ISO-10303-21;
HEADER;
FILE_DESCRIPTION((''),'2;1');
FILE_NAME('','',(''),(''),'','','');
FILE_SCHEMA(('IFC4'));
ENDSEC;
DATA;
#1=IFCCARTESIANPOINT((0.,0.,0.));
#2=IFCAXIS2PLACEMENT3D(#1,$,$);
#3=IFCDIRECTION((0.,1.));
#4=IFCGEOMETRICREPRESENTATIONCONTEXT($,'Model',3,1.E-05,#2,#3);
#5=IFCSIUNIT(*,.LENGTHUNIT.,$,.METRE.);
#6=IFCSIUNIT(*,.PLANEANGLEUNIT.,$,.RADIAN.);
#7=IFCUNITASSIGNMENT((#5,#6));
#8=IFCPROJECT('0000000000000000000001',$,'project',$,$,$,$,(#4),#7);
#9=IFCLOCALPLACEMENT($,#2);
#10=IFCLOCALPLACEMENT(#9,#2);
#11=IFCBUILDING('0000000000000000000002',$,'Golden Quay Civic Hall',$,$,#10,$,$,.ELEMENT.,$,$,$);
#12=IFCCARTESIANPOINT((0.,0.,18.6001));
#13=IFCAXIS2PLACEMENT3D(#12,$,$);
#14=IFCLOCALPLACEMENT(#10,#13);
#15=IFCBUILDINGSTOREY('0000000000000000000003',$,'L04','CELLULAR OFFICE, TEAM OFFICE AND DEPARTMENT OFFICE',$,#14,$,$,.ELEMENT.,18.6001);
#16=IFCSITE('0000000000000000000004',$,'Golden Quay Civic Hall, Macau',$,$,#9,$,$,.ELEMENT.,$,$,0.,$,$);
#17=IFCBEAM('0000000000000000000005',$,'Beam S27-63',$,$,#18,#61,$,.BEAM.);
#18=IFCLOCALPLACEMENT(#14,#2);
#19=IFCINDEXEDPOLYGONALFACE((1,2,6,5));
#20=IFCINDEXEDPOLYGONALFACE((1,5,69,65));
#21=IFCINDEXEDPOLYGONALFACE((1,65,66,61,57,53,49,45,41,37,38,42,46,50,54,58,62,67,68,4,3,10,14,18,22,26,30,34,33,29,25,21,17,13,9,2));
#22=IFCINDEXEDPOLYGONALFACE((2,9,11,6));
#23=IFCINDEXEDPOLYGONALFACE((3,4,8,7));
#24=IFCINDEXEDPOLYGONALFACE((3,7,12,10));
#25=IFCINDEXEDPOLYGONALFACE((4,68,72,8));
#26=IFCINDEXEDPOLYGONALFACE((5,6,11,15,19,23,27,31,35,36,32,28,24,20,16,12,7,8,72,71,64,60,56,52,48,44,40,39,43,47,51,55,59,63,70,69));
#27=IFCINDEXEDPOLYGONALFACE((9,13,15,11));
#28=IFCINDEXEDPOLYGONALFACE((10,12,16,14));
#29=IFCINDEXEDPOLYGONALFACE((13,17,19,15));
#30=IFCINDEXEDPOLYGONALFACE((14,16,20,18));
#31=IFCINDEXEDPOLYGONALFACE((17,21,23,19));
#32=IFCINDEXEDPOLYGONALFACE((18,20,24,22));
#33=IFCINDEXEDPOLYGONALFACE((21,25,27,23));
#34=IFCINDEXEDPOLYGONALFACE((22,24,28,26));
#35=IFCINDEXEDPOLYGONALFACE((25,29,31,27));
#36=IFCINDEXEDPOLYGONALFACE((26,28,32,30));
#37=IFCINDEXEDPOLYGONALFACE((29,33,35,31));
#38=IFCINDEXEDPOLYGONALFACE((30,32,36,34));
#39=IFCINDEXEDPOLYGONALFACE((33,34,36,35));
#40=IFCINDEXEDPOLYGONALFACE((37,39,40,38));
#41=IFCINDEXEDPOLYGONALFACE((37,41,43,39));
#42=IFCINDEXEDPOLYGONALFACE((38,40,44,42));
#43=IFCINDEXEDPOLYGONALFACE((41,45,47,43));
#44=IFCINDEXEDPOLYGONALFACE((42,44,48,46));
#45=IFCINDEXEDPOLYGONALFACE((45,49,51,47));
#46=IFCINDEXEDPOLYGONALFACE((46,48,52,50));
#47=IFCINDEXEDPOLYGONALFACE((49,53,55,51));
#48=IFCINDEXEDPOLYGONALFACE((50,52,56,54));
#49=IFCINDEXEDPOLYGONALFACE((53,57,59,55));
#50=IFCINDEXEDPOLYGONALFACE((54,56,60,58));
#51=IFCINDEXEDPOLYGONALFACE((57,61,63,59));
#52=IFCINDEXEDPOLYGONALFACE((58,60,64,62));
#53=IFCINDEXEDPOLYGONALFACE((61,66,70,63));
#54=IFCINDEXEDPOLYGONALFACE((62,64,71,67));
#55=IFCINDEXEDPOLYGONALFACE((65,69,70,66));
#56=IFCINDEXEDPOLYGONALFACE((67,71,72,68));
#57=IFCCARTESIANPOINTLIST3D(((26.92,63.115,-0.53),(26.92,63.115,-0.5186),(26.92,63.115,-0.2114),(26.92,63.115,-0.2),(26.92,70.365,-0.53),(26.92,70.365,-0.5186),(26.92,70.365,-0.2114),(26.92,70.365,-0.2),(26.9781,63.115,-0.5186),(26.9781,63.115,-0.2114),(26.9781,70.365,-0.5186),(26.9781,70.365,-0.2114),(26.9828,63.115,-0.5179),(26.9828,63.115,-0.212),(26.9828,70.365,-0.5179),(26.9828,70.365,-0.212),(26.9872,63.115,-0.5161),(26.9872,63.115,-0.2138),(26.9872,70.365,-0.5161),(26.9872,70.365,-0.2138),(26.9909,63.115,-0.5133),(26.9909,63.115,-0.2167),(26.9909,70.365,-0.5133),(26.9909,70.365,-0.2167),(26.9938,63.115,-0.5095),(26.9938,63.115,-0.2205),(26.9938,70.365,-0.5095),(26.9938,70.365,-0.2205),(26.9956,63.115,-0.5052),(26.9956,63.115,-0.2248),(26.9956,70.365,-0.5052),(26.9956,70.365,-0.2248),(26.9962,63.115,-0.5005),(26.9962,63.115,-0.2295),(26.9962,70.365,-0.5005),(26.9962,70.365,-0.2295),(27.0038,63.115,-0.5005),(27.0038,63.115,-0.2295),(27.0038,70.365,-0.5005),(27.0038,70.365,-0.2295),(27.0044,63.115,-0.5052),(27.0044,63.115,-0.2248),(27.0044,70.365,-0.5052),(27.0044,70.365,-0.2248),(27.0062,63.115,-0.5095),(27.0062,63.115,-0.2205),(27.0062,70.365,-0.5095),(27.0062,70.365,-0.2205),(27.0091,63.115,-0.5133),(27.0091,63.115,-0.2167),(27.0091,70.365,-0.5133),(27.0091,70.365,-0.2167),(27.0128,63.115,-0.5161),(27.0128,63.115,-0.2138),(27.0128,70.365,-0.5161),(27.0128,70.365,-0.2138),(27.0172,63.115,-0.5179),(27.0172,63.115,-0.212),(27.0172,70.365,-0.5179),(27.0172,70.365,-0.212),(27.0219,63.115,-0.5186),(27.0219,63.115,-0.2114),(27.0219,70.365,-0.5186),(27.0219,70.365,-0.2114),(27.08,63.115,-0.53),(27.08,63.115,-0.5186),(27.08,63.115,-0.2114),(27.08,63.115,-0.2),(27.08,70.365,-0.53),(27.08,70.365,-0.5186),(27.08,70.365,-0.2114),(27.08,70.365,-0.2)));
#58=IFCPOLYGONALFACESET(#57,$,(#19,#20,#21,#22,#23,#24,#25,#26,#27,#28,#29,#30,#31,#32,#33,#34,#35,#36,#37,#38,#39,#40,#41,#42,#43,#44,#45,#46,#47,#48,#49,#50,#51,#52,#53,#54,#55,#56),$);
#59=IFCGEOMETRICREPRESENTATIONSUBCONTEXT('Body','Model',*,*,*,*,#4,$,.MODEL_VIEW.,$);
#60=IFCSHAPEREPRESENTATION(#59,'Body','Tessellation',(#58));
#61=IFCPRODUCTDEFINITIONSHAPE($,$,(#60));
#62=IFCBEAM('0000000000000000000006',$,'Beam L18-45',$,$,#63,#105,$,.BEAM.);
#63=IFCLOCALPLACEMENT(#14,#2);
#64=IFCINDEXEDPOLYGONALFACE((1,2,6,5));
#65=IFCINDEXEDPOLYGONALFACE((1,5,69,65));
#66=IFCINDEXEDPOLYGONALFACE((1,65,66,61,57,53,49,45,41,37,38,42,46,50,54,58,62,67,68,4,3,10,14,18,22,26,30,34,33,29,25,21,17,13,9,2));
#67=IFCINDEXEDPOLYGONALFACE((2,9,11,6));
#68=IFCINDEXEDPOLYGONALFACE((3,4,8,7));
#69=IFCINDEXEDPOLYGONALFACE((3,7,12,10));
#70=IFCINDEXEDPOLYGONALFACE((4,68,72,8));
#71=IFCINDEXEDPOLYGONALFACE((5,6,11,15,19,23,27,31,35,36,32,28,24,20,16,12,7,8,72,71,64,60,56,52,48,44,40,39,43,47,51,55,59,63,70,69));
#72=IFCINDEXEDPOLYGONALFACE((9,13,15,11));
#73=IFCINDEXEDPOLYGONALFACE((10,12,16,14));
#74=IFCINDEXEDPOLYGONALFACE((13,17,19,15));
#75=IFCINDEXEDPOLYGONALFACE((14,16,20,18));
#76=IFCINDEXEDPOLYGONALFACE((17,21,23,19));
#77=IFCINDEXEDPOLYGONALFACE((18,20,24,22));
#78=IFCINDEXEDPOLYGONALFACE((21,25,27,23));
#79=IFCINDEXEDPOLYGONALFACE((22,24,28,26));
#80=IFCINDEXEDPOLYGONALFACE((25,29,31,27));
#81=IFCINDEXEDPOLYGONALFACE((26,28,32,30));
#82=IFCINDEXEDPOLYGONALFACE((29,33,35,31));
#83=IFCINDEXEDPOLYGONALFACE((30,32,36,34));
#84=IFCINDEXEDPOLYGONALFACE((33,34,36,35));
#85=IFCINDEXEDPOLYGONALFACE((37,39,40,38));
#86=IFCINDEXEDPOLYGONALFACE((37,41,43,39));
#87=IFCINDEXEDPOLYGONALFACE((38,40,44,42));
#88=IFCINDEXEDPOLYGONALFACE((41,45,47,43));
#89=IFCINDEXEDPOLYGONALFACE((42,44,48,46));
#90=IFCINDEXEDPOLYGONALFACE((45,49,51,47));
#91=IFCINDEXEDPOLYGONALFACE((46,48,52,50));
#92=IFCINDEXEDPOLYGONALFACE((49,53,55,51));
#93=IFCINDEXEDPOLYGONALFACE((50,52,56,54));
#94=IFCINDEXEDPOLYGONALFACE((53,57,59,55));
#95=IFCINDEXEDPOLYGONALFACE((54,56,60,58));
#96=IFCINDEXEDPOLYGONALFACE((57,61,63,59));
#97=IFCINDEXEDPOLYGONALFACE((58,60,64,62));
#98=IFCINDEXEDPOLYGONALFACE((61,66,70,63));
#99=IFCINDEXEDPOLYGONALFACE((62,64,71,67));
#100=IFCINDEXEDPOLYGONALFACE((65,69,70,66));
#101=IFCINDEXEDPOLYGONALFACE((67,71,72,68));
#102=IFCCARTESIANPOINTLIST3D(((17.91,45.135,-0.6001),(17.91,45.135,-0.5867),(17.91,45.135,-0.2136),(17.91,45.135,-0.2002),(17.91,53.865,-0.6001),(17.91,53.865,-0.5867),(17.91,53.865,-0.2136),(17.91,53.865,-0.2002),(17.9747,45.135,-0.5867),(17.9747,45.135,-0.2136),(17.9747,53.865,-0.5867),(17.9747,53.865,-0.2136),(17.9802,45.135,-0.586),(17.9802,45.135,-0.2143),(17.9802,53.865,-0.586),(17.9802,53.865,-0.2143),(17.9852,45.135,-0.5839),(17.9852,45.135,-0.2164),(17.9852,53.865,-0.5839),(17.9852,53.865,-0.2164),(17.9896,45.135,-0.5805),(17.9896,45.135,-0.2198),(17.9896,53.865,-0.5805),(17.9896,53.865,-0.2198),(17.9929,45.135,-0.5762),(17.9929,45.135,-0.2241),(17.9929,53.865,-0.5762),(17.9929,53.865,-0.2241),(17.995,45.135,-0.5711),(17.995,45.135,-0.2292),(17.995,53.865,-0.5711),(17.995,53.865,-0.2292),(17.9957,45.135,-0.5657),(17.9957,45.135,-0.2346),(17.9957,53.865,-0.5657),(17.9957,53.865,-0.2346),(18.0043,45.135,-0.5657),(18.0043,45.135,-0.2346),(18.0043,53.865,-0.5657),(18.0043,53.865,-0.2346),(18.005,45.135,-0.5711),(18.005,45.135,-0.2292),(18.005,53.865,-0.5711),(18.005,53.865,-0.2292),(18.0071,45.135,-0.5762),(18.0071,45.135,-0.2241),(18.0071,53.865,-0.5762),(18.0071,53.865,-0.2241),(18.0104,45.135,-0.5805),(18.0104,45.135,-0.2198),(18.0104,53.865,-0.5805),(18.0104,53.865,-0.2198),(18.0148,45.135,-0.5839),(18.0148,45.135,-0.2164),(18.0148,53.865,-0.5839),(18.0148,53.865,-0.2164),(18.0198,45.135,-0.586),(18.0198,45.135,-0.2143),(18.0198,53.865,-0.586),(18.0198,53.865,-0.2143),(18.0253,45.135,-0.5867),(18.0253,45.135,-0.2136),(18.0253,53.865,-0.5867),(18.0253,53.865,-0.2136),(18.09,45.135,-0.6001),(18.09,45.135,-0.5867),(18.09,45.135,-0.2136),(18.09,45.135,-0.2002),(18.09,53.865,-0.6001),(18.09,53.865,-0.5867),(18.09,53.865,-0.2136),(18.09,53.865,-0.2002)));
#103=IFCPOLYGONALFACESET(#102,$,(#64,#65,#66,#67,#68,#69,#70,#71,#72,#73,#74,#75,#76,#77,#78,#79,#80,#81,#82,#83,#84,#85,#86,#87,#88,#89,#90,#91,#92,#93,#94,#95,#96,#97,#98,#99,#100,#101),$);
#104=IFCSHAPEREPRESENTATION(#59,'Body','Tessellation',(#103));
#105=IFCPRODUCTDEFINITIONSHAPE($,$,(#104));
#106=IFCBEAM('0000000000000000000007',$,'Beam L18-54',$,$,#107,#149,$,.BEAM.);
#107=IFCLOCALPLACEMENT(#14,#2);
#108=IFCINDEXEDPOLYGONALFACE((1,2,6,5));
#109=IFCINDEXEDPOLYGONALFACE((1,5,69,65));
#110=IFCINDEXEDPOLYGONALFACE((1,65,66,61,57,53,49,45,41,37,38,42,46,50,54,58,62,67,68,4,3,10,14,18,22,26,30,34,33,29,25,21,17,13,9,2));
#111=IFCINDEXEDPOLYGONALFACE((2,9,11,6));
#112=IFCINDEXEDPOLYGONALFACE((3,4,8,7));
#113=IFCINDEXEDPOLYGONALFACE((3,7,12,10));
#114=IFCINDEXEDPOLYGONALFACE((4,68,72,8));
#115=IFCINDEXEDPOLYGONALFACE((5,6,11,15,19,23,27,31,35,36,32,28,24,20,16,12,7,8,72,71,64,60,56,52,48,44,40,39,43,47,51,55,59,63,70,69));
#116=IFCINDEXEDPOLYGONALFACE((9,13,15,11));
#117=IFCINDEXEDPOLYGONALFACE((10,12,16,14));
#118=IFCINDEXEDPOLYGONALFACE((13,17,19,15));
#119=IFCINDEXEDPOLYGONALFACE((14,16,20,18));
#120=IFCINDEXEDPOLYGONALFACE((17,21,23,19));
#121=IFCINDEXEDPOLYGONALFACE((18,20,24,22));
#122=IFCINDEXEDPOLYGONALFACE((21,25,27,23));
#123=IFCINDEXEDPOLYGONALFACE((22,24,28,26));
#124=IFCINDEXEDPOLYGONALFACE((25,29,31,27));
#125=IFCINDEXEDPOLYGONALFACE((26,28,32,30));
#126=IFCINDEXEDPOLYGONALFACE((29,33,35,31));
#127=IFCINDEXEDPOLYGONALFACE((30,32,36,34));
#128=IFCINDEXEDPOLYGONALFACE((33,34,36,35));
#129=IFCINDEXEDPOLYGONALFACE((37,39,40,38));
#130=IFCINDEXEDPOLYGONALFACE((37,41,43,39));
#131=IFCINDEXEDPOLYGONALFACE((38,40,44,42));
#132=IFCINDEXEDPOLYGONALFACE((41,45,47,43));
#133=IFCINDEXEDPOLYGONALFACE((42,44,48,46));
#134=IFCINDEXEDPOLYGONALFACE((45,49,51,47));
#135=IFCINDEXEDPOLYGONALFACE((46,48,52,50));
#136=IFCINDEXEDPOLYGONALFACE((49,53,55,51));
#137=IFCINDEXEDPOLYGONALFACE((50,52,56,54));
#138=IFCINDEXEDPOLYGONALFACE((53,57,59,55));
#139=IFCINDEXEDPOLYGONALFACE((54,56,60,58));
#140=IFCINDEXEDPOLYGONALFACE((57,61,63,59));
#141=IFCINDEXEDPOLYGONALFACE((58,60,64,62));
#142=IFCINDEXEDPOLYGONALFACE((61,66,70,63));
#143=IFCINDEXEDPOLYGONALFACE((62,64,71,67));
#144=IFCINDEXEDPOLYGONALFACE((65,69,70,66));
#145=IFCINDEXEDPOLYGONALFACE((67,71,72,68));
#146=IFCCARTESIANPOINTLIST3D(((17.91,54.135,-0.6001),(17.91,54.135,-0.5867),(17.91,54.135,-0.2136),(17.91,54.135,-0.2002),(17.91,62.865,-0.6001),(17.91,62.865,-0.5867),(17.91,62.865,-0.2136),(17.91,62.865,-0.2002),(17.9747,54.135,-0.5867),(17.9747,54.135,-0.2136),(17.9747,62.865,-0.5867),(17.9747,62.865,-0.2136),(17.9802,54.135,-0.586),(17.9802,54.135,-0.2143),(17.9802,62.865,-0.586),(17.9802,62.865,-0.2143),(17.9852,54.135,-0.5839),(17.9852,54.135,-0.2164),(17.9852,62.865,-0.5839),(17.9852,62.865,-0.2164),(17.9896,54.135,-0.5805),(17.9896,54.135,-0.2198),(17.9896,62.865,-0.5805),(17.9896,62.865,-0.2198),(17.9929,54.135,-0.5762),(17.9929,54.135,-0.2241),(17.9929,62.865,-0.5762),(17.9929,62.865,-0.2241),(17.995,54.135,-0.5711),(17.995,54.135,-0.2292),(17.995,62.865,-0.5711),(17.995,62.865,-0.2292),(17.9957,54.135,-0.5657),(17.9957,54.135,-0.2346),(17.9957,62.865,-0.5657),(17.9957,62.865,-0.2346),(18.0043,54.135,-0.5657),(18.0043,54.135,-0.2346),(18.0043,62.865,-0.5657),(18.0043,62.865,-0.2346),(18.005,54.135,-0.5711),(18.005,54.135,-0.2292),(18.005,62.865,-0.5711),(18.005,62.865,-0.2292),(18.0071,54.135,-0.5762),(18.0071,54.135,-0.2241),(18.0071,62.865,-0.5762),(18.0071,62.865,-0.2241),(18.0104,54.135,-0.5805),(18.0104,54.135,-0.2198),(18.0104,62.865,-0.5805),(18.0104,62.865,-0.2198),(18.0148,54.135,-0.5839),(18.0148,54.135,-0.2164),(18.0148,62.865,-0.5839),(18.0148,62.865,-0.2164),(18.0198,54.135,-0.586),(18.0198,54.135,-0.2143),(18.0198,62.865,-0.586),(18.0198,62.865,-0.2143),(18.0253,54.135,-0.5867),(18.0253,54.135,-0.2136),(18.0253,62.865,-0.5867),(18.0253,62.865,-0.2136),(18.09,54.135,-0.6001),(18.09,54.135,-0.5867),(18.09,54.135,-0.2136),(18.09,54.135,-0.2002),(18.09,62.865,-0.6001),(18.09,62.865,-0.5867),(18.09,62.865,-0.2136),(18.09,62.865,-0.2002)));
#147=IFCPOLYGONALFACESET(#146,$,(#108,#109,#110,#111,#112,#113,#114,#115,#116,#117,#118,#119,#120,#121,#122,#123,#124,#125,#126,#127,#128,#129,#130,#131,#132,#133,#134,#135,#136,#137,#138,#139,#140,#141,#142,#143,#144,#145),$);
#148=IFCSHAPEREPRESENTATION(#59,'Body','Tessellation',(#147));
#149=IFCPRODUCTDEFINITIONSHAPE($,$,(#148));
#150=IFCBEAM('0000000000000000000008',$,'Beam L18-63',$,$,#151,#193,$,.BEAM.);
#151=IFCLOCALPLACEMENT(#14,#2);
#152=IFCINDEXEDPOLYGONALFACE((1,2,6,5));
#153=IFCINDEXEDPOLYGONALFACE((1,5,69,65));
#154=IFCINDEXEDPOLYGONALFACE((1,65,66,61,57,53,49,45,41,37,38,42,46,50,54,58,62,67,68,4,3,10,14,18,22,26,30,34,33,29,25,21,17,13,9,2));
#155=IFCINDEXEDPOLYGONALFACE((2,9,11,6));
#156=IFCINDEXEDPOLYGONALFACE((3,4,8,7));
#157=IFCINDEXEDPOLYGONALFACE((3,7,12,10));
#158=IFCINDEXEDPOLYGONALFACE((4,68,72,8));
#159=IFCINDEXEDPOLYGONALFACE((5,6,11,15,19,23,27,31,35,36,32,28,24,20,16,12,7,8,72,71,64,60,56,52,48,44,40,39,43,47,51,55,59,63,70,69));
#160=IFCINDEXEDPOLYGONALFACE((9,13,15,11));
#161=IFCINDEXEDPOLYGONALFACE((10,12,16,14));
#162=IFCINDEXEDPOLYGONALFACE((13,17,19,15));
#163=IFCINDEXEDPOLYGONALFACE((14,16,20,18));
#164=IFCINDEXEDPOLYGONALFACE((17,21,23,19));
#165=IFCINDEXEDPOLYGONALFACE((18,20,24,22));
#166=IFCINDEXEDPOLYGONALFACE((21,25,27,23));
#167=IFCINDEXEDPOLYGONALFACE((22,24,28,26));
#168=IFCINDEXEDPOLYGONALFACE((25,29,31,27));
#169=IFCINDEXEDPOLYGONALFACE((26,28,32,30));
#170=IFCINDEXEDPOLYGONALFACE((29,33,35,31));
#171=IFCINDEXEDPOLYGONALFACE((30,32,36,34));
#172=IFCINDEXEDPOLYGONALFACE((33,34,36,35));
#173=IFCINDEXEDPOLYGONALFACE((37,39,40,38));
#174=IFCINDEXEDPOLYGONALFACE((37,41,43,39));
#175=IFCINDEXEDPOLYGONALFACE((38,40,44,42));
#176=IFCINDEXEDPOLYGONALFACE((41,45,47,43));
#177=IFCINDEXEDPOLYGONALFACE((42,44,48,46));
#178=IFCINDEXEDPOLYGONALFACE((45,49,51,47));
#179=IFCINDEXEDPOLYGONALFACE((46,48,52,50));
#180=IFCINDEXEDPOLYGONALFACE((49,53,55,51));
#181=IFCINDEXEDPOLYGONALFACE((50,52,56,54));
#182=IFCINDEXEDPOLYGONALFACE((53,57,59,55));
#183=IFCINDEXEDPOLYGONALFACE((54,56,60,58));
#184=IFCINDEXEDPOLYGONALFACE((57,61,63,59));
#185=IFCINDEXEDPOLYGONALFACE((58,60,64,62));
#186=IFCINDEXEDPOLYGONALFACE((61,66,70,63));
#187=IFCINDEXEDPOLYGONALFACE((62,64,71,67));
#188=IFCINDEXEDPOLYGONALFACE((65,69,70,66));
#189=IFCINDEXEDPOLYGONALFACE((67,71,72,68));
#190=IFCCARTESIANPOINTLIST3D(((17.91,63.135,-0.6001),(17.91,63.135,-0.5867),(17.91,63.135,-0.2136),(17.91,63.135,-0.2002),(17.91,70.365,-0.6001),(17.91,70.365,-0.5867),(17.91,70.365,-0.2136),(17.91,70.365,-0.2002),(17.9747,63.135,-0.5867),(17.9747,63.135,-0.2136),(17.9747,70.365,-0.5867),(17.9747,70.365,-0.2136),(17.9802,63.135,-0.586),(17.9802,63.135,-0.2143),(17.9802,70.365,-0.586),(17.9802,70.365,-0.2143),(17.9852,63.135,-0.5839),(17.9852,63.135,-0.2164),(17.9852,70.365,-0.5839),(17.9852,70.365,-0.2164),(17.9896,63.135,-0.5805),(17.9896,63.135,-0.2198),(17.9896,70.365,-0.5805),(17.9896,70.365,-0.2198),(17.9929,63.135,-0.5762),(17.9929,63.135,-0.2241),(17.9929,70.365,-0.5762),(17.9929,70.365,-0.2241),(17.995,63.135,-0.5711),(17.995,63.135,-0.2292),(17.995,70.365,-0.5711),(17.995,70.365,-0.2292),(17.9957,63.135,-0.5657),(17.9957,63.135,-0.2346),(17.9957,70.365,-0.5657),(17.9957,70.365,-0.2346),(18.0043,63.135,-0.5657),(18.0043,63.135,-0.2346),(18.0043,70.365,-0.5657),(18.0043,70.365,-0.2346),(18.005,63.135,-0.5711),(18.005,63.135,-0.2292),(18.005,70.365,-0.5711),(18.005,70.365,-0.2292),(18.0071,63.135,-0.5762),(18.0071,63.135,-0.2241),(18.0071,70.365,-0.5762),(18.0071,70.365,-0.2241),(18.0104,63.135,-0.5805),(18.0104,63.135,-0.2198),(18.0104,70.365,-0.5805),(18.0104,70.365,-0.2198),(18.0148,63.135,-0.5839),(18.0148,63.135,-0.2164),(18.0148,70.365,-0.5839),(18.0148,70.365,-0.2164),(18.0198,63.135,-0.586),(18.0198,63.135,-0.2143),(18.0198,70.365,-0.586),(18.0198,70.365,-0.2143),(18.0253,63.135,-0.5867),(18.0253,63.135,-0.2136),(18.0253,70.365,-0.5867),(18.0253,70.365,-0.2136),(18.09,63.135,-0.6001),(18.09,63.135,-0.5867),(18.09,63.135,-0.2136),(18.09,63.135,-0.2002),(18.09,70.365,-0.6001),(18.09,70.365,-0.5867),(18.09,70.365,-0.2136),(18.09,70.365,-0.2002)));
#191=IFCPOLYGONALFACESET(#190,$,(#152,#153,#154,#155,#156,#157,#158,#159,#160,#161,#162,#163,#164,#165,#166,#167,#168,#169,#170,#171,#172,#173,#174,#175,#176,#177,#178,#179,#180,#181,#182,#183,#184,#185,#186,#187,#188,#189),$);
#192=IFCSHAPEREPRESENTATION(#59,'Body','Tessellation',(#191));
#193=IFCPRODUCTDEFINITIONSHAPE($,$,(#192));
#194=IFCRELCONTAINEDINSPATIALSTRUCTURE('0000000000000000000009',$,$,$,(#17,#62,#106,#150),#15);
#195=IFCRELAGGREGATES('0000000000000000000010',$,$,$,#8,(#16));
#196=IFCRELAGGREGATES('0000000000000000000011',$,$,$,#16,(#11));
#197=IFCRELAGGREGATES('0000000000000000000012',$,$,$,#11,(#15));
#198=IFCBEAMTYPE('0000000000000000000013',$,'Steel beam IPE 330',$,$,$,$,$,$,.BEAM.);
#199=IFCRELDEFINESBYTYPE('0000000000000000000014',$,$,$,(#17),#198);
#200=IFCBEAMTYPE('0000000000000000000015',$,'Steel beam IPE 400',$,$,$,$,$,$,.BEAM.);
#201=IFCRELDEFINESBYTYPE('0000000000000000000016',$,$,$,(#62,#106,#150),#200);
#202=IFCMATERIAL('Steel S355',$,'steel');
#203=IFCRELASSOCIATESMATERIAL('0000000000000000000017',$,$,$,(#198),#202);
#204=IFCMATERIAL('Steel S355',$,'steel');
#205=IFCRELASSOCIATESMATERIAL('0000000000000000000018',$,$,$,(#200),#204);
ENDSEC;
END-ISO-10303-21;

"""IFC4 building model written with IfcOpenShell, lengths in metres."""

from ifc_helpers import new_model, si_unit, direction, frame, origin, origin_2d, place, context, subcontext, project, spatial, i_section, extrude, material, material_profile, profile_set, type_object, element, save


model = new_model("IFC4")

# Units and contexts
model_context = context("Model", 3, precision=1e-05, world=origin(), true_north=direction((0.0, 1.0)))
body_context = subcontext(model_context, "Body", "Model", "MODEL_VIEW")
ifc_project = project(units=[si_unit("LENGTHUNIT", "METRE"), si_unit("PLANEANGLEUNIT", "RADIAN")], contexts=[model_context])

# Site, building, storey
site_placement = place(None, origin())
site = spatial("IfcSite", under=ifc_project, at=site_placement, Name="Golden Quay Civic Hall, Macau", CompositionType="ELEMENT", RefElevation=0.0)
building_placement = place(site_placement, origin())
building = spatial("IfcBuilding", under=site, at=building_placement, Name="Golden Quay Civic Hall", CompositionType="ELEMENT")
storey_placement = place(building_placement, frame((0.0, 0.0, 18.6001)))
storey = spatial("IfcBuildingStorey", under=building, at=storey_placement, Name="L04", Description="CELLULAR OFFICE, TEAM OFFICE AND DEPARTMENT OFFICE", CompositionType="ELEMENT", Elevation=18.6001)

# Beams
ifc_material_1 = material(Name="Steel S355", Category="steel")
ifc_material_profile_1 = material_profile(ifc_material_1, i_section(OverallWidth=0.1599, OverallDepth=0.3301, WebThickness=0.0076, FlangeThickness=0.0115, FilletRadius=0.0181, at=origin_2d()), Name="IPE 330")
ifc_profile_set_1 = profile_set([ifc_material_profile_1], Name="Steel S355")
beam_type_1 = type_object("IfcBeamType", Name="Steel beam IPE 330", PredefinedType="BEAM", material=ifc_profile_set_1)
beam_1_placement = place(storey_placement, frame((27.0, 63.115, -0.365), z_axis=(0.0, 1.0, 0.0), x_axis=(-1.0, 0.0, 0.0)))
element("IfcBeam", 1, at=beam_1_placement, inside=storey, type_object=beam_type_1, Name="Beam S27-63", PredefinedType="BEAM", context=body_context, shape_type="SweptSolid", body=[
    extrude(i_section(OverallWidth=0.1599, OverallDepth=0.3301, WebThickness=0.0076, FlangeThickness=0.0115, FilletRadius=0.0181, at=origin_2d()), origin(), (0.0, 0.0, 1.0), 7.25),
])
ifc_material_2 = material(Name="Steel S355", Category="steel")
ifc_material_profile_2 = material_profile(ifc_material_2, i_section(OverallWidth=0.1799, OverallDepth=0.3999, WebThickness=0.0085, FlangeThickness=0.0134, FilletRadius=0.021, at=origin_2d()), Name="IPE 400")
ifc_profile_set_2 = profile_set([ifc_material_profile_2], Name="Steel S355")
beam_type_2 = type_object("IfcBeamType", Name="Steel beam IPE 400", PredefinedType="BEAM", material=ifc_profile_set_2)
for number, where, z_axis, x_axis, name in (
    (2, (18.0, 45.135, -0.4001), (0.0, 1.0, 0.0), (-1.0, 0.0, 0.0), "Beam L18-45"),
    (3, (18.0, 54.135, -0.4001), (0.0, 1.0, 0.0), (-1.0, 0.0, 0.0), "Beam L18-54"),
):
    element("IfcBeam", number, at=place(storey_placement, frame(where, z_axis=z_axis, x_axis=x_axis)), inside=storey, type_object=beam_type_2, Name=name, PredefinedType="BEAM", context=body_context, shape_type="SweptSolid", body=[
        extrude(i_section(OverallWidth=0.1799, OverallDepth=0.3999, WebThickness=0.0085, FlangeThickness=0.0134, FilletRadius=0.021, at=origin_2d()), origin(), (0.0, 0.0, 1.0), 8.73),
    ])
beam_2_placement = place(storey_placement, frame((18.0, 63.135, -0.4001), z_axis=(0.0, 1.0, 0.0), x_axis=(-1.0, 0.0, 0.0)))
element("IfcBeam", 4, at=beam_2_placement, inside=storey, type_object=beam_type_2, Name="Beam L18-63", PredefinedType="BEAM", context=body_context, shape_type="SweptSolid", body=[
    extrude(i_section(OverallWidth=0.1799, OverallDepth=0.3999, WebThickness=0.0085, FlangeThickness=0.0134, FilletRadius=0.021, at=origin_2d()), origin(), (0.0, 0.0, 1.0), 7.23),
])

save(model, "model.ifc")
